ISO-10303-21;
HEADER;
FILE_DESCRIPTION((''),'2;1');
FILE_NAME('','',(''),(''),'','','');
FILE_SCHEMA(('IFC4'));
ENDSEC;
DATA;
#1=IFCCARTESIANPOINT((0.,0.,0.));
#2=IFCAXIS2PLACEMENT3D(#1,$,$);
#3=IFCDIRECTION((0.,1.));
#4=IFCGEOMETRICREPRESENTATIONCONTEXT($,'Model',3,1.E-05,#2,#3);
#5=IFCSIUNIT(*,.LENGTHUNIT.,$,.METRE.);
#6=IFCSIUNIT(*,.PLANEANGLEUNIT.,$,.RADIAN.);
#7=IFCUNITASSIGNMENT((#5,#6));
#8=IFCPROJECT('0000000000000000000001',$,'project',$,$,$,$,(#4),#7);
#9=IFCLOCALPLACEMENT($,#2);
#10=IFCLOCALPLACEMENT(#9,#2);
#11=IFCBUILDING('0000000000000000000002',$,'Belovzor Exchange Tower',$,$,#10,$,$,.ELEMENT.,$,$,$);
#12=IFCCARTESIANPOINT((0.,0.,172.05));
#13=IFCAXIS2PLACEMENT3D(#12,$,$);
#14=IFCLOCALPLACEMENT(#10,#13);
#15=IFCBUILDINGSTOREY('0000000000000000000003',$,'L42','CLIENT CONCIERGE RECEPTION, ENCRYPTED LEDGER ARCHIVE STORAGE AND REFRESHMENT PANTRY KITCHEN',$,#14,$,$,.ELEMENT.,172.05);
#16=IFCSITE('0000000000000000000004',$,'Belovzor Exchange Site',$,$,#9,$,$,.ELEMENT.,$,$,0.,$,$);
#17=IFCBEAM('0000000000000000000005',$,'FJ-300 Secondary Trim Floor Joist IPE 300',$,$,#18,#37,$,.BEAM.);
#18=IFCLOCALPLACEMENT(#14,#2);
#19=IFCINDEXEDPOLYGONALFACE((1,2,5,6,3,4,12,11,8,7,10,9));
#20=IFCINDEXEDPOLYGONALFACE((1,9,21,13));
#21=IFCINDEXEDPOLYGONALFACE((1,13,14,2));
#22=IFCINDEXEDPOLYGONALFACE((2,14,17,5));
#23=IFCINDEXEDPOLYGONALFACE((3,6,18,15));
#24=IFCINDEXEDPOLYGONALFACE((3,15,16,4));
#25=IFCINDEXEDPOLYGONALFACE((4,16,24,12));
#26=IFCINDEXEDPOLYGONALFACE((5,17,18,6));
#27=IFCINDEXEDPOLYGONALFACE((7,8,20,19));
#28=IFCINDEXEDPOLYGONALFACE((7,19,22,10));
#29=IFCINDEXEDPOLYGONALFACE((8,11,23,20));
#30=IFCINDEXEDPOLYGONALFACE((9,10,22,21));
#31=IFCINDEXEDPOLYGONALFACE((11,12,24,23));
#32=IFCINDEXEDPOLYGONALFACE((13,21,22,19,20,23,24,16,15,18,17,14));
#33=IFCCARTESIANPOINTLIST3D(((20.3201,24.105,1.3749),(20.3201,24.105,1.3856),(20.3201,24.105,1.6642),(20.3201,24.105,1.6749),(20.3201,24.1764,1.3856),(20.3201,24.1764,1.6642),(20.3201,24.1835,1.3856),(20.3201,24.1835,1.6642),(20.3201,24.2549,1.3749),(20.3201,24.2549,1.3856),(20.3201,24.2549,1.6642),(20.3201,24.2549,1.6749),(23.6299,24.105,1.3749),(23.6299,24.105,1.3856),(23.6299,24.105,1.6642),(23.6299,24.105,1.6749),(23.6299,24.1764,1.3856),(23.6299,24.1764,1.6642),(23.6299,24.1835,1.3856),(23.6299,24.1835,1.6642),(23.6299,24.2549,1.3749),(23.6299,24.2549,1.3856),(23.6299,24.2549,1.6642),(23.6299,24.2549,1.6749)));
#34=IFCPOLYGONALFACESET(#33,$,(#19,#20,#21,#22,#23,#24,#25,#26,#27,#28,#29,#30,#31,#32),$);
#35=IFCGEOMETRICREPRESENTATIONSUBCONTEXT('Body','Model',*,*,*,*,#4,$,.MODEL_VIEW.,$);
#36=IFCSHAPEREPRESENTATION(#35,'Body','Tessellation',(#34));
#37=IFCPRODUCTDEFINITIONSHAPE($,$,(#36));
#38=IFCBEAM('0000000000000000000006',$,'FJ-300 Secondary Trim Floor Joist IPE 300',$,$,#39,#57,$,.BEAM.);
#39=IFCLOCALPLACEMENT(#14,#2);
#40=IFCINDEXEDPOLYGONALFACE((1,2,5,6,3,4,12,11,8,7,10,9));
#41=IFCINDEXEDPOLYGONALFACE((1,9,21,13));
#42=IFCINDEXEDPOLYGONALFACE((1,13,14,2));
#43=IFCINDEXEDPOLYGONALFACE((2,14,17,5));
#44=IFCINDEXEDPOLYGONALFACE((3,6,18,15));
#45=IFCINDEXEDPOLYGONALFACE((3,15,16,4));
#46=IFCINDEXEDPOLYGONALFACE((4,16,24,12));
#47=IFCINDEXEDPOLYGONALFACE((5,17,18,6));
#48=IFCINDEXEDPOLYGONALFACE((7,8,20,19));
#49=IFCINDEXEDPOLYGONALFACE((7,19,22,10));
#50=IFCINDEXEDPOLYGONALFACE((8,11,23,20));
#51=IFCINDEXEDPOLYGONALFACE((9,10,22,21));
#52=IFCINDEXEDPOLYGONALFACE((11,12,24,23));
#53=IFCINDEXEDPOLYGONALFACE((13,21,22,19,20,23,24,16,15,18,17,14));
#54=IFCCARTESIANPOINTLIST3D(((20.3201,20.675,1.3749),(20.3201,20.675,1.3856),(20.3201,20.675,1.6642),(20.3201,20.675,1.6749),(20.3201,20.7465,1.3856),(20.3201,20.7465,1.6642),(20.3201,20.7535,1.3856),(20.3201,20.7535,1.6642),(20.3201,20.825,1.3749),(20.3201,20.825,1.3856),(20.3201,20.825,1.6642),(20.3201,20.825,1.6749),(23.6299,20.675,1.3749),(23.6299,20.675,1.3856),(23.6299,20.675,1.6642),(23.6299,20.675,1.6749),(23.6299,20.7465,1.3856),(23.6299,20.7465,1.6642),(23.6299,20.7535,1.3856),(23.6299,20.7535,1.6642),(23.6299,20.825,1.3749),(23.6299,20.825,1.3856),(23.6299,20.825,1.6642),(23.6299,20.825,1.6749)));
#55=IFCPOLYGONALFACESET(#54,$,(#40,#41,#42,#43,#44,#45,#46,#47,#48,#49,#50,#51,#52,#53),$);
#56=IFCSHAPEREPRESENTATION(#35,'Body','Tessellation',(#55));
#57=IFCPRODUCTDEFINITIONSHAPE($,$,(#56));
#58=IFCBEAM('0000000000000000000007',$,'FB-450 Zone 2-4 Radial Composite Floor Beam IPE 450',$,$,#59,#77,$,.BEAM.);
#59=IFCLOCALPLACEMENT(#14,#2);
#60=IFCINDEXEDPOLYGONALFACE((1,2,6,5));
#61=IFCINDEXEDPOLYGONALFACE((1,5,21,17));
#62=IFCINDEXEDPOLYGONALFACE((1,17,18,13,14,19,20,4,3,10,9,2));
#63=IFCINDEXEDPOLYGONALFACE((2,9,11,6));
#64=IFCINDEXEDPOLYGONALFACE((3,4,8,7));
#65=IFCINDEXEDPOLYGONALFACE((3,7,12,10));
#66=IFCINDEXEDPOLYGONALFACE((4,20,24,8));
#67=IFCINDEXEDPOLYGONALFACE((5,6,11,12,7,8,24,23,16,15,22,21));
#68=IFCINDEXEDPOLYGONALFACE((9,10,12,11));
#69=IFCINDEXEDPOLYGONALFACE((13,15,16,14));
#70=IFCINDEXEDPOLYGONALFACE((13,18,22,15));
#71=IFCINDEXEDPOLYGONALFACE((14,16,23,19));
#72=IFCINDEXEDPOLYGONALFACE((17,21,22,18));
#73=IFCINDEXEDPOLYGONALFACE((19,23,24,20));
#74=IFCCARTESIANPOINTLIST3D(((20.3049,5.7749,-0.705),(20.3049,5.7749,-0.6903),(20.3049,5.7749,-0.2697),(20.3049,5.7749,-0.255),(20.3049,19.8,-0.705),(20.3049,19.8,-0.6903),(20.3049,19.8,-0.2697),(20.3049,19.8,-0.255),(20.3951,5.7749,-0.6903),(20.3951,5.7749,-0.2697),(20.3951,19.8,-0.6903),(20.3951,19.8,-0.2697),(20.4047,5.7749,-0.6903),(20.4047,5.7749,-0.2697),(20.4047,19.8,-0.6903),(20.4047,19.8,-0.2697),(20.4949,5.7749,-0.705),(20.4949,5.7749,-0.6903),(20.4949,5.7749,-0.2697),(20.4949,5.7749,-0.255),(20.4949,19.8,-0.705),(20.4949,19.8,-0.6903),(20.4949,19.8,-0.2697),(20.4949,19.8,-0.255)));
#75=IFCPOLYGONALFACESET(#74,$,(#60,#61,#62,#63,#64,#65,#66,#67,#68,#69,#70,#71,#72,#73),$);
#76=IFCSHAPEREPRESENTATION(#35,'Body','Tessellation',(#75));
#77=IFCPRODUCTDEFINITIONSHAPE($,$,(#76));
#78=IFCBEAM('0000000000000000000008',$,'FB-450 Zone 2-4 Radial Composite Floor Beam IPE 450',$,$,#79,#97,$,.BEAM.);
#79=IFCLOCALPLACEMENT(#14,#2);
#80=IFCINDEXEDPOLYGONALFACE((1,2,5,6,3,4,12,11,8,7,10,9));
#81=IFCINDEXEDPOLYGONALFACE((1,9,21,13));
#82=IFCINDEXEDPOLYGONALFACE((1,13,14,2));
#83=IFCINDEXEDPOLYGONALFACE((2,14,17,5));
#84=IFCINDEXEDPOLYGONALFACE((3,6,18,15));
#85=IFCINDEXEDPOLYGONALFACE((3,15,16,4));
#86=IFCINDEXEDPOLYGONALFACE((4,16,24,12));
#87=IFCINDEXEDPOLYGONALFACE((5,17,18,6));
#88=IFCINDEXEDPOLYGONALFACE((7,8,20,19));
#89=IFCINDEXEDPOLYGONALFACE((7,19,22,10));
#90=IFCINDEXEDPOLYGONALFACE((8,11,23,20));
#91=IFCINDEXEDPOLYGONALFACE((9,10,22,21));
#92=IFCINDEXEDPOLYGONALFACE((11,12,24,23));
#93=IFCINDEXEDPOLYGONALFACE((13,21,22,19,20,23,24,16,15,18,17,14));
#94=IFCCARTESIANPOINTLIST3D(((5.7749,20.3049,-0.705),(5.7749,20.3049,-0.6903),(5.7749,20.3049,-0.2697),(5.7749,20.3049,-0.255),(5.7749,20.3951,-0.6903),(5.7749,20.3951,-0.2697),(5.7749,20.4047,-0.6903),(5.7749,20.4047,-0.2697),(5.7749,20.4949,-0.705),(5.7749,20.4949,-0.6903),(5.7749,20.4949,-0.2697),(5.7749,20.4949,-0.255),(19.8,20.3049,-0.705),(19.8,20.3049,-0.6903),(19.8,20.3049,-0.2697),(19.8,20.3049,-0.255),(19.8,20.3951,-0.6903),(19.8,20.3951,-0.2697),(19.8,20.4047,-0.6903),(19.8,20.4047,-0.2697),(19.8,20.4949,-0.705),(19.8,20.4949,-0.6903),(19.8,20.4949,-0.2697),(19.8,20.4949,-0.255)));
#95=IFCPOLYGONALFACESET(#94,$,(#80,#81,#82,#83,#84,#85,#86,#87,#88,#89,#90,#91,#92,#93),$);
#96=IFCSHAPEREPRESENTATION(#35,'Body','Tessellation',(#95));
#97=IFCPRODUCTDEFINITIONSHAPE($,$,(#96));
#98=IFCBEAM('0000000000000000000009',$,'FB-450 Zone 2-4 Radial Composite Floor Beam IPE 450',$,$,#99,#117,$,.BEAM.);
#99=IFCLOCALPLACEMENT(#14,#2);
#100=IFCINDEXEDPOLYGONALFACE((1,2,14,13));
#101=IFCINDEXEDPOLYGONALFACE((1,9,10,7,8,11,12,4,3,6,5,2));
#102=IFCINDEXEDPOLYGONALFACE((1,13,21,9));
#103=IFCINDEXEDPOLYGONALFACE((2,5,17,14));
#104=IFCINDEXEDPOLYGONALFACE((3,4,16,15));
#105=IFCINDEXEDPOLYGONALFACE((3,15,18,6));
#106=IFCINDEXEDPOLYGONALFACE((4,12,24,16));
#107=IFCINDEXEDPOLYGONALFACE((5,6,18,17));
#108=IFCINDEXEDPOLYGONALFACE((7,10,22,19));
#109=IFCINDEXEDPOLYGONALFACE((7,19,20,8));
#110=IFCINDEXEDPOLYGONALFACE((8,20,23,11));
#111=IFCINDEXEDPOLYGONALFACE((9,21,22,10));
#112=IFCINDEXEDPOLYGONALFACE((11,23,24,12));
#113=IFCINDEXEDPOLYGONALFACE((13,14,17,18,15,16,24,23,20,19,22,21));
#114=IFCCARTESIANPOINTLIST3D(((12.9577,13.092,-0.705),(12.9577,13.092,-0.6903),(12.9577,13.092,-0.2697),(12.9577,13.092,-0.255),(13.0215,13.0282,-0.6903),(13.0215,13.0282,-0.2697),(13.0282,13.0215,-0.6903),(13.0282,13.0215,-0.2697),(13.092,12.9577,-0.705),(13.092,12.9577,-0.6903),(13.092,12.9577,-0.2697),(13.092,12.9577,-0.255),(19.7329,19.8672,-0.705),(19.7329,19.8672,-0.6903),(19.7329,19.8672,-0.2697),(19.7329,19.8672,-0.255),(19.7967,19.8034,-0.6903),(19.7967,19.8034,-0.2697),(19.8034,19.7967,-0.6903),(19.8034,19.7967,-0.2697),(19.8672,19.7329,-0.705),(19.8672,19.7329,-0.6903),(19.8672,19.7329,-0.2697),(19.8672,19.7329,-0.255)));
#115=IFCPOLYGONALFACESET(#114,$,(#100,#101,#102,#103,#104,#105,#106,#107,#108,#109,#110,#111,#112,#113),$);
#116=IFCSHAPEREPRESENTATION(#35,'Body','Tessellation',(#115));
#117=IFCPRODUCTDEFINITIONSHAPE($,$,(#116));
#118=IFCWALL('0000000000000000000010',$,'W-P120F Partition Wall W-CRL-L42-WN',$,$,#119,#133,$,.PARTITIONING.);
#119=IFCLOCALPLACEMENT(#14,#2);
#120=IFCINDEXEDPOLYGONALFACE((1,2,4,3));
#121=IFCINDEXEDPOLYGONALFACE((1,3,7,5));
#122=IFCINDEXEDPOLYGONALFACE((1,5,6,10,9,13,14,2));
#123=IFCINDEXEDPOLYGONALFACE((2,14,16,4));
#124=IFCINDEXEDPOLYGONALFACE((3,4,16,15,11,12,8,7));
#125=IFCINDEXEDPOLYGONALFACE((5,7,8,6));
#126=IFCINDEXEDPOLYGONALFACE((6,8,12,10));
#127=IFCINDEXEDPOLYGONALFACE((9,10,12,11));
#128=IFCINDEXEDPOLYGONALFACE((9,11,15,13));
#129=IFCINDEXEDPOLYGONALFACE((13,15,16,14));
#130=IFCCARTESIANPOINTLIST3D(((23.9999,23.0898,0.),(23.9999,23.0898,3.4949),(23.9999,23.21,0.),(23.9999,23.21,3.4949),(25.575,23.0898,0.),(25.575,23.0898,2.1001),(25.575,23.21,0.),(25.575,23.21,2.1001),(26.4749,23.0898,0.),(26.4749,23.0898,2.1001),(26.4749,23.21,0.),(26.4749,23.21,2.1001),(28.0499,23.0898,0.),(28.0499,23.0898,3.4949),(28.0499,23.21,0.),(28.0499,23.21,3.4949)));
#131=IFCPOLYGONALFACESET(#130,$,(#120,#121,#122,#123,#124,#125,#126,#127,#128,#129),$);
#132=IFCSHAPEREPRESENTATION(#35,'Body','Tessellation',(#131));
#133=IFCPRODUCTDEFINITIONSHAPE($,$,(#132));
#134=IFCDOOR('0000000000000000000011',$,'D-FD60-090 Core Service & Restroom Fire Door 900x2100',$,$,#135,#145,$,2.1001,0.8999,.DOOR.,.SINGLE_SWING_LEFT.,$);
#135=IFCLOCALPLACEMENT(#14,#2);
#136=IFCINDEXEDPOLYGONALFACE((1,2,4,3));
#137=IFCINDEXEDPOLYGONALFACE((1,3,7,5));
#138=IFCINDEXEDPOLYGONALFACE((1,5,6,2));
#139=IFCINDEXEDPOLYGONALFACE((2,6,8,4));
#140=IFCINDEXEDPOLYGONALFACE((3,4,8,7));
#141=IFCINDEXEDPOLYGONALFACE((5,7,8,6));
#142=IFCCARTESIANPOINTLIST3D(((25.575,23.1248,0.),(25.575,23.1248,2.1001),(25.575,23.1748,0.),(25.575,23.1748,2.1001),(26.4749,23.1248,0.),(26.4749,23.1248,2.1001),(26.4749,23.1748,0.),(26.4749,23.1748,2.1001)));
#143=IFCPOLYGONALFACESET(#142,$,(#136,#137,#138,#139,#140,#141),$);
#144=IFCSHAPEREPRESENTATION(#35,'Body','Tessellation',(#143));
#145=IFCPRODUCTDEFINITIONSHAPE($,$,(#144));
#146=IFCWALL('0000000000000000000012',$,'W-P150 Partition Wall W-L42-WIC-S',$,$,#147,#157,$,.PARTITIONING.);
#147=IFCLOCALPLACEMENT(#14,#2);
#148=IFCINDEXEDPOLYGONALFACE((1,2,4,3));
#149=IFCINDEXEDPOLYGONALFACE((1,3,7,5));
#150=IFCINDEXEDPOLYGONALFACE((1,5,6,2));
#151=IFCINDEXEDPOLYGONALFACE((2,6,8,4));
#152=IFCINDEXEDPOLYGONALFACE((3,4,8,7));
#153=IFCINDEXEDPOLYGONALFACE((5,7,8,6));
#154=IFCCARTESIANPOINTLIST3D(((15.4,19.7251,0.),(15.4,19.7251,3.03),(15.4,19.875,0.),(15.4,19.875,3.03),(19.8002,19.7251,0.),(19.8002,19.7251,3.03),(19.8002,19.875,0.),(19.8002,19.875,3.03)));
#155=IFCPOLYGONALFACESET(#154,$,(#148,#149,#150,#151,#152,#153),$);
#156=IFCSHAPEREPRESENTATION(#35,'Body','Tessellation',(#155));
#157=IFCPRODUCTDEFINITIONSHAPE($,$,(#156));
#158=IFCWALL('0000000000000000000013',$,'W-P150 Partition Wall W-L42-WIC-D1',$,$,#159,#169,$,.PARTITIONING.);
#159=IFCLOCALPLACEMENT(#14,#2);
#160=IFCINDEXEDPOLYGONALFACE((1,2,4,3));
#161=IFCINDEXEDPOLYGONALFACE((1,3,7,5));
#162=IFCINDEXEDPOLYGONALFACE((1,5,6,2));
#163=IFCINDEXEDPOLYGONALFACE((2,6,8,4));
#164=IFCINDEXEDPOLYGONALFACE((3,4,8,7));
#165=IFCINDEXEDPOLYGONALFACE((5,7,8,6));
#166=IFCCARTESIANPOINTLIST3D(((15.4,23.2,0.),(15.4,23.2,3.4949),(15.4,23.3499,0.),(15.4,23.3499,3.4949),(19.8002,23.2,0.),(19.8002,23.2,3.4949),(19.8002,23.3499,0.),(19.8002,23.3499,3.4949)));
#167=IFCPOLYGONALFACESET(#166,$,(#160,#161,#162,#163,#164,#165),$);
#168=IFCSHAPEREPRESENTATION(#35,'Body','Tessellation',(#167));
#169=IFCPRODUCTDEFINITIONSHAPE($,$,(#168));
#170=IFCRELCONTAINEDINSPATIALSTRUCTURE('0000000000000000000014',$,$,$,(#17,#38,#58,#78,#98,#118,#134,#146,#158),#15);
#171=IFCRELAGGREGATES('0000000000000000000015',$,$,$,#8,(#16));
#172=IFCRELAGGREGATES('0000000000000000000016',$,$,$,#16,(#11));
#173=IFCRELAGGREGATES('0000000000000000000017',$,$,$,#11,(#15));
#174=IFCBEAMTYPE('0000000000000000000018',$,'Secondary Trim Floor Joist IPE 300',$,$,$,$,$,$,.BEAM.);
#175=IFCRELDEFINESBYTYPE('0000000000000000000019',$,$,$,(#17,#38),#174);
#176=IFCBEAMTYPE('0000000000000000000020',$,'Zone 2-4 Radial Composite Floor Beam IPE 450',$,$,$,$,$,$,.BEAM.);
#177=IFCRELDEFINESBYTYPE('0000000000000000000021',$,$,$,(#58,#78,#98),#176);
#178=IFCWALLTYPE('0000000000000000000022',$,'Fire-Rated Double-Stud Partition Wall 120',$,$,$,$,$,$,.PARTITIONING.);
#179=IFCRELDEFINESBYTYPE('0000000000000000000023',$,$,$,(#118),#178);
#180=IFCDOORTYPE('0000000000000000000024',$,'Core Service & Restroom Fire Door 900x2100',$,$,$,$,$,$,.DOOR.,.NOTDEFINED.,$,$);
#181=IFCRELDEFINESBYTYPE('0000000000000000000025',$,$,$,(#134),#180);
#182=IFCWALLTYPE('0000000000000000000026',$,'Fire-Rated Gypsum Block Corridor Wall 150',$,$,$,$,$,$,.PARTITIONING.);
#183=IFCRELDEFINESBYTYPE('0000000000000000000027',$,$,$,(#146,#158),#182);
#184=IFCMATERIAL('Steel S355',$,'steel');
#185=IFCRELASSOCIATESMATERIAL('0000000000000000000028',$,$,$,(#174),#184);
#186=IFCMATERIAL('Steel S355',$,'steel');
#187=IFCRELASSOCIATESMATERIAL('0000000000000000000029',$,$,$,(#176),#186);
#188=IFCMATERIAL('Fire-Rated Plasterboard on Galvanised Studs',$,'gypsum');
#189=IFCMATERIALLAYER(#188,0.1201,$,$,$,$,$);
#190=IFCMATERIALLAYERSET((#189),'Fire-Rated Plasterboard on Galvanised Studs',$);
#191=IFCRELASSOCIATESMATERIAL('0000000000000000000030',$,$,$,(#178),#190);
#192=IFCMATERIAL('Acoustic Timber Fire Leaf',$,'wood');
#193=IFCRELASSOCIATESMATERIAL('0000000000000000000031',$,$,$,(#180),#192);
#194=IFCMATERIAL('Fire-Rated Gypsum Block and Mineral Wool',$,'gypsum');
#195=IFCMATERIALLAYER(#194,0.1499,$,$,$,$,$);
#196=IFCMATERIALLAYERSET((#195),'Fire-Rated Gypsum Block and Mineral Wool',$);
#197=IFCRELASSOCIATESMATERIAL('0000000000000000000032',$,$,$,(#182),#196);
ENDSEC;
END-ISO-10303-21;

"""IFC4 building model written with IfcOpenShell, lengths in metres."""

from ifc_helpers import new_model, si_unit, direction, frame, frame_2d, origin, origin_2d, place, context, subcontext, project, spatial, rectangle, i_section, extrude, material, layer, layer_set, material_profile, profile_set, type_object, element, fill, save


model = new_model("IFC4")

# Units and contexts
model_context = context("Model", 3, precision=1e-05, world=origin(), true_north=direction((0.0, 1.0)))
body_context = subcontext(model_context, "Body", "Model", "MODEL_VIEW")
ifc_project = project(units=[si_unit("LENGTHUNIT", "METRE"), si_unit("PLANEANGLEUNIT", "RADIAN")], contexts=[model_context])

# Site, building, storey
site_placement = place(None, origin())
site = spatial("IfcSite", under=ifc_project, at=site_placement, Name="Belovzor Exchange Site", CompositionType="ELEMENT", RefElevation=0.0)
building_placement = place(site_placement, origin())
building = spatial("IfcBuilding", under=site, at=building_placement, Name="Belovzor Exchange Tower", CompositionType="ELEMENT")
storey_placement = place(building_placement, frame((0.0, 0.0, 172.05)))
storey = spatial("IfcBuildingStorey", under=building, at=storey_placement, Name="L42", Description="CLIENT CONCIERGE RECEPTION, ENCRYPTED LEDGER ARCHIVE STORAGE AND REFRESHMENT PANTRY KITCHEN", CompositionType="ELEMENT", Elevation=172.05)

# Beams
ifc_material_1 = material(Name="Steel S355", Category="steel")
ifc_material_profile_1 = material_profile(ifc_material_1, i_section(OverallWidth=0.1499, OverallDepth=0.3, WebThickness=0.0071, FlangeThickness=0.0107, at=origin_2d()))
ifc_profile_set_1 = profile_set([ifc_material_profile_1], Name="Steel S355")
beam_type_1 = type_object("IfcBeamType", Name="Secondary Trim Floor Joist IPE 300", PredefinedType="BEAM", material=ifc_profile_set_1)
for number, where, z_axis, x_axis, name in (
    (1, (20.3201, 24.1799, 1.5249), (1.0, 0.0, 0.0), (0.0, 1.0, 0.0), "FJ-300 Secondary Trim Floor Joist IPE 300"),
    (2, (20.3201, 20.75, 1.5249), (1.0, 0.0, 0.0), (0.0, 1.0, 0.0), "FJ-300 Secondary Trim Floor Joist IPE 300"),
):
    element("IfcBeam", number, at=place(storey_placement, frame(where, z_axis=z_axis, x_axis=x_axis)), inside=storey, type_object=beam_type_1, Name=name, PredefinedType="BEAM", context=body_context, shape_type="SweptSolid", body=[
        extrude(i_section(OverallWidth=0.1499, OverallDepth=0.3, WebThickness=0.0071, FlangeThickness=0.0107, at=origin_2d()), origin(), (0.0, 0.0, 1.0), 3.3098),
    ])
ifc_material_2 = material(Name="Steel S355", Category="steel")
ifc_material_profile_2 = material_profile(ifc_material_2, i_section(OverallWidth=0.1899, OverallDepth=0.45, WebThickness=0.0095, FlangeThickness=0.0146, at=origin_2d()))
ifc_profile_set_2 = profile_set([ifc_material_profile_2], Name="Steel S355")
beam_type_2 = type_object("IfcBeamType", Name="Zone 2-4 Radial Composite Floor Beam IPE 450", PredefinedType="BEAM", material=ifc_profile_set_2)
for number, where, z_axis, x_axis, name in (
    (3, (20.3999, 19.8, -0.48), (0.0, -1.0, 0.0), (1.0, 0.0, 0.0), "FB-450 Zone 2-4 Radial Composite Floor Beam IPE 450"),
    (4, (19.8, 20.3999, -0.48), (-1.0, 0.0, 0.0), (0.0, -1.0, 0.0), "FB-450 Zone 2-4 Radial Composite Floor Beam IPE 450"),
):
    element("IfcBeam", number, at=place(storey_placement, frame(where, z_axis=z_axis, x_axis=x_axis)), inside=storey, type_object=beam_type_2, Name=name, PredefinedType="BEAM", context=body_context, shape_type="SweptSolid", body=[
        extrude(i_section(OverallWidth=0.1899, OverallDepth=0.45, WebThickness=0.0095, FlangeThickness=0.0146, at=origin_2d()), origin(), (0.0, 0.0, 1.0), 14.0251),
    ])
beam_placement = place(storey_placement, frame((19.8, 19.8, -0.48), z_axis=(-0.707107, -0.707107, 0.0), x_axis=(0.707107, -0.707107, 0.0)))
element("IfcBeam", 5, at=beam_placement, inside=storey, type_object=beam_type_2, Name="FB-450 Zone 2-4 Radial Composite Floor Beam IPE 450", PredefinedType="BEAM", context=body_context, shape_type="SweptSolid", body=[
    extrude(i_section(OverallWidth=0.1899, OverallDepth=0.45, WebThickness=0.0095, FlangeThickness=0.0146, at=origin_2d()), origin(), (0.0, 0.0, 1.0), 9.5815),
])

# Wall, opening, door
ifc_material_3 = material(Name="Fire-Rated Plasterboard on Galvanised Studs", Category="gypsum")
ifc_layer_1 = layer(ifc_material_3, 0.1201)
ifc_layer_set_1 = layer_set([ifc_layer_1], Name="Fire-Rated Plasterboard on Galvanised Studs")
wall_type_1 = type_object("IfcWallType", Name="Fire-Rated Double-Stud Partition Wall 120", PredefinedType="PARTITIONING", material=ifc_layer_set_1)
wall_1_placement = place(storey_placement, frame((24.0, 23.1499, 0.0), z_axis=(0.0, 0.0, 1.0), x_axis=(1.0, 0.0, 0.0)))
wall_1 = element("IfcWall", 6, at=wall_1_placement, inside=storey, type_object=wall_type_1, Name="W-P120F Partition Wall W-CRL-L42-WN", PredefinedType="PARTITIONING", context=body_context, shape_type="SweptSolid", body=[
    extrude(rectangle(XDim=4.05, YDim=0.1201, at=frame_2d((2.0249, 0.0))), origin(), (0.0, 0.0, 1.0), 3.4949),
])
opening_1_placement = place(wall_1_placement, frame((1.575, 0.0, 0.0)))
opening_1 = element("IfcOpeningElement", 7, at=opening_1_placement, cuts=wall_1, PredefinedType="OPENING", context=body_context, shape_type="SweptSolid", body=[
    extrude(rectangle(XDim=0.8999, YDim=2.1001, at=frame_2d((0.45, 1.05))), frame((0.0, 0.0701, 0.0), z_axis=(0.0, -1.0, 0.0), x_axis=(1.0, 0.0, 0.0)), (0.0, 0.0, 1.0), 0.1401),
])
ifc_material_4 = material(Name="Acoustic Timber Fire Leaf", Category="wood")
door_type_1 = type_object("IfcDoorType", Name="Core Service & Restroom Fire Door 900x2100", OperationType="NOTDEFINED", PredefinedType="DOOR", material=ifc_material_4)
door_1_placement = place(opening_1_placement, origin())
door_1 = element("IfcDoor", 8, at=door_1_placement, inside=storey, type_object=door_type_1, Name="D-FD60-090 Core Service & Restroom Fire Door 900x2100", OperationType="SINGLE_SWING_LEFT", OverallHeight=2.1001, OverallWidth=0.8999, PredefinedType="DOOR", context=body_context, shape_type="SweptSolid", body=[
    extrude(rectangle(XDim=0.8999, YDim=2.1001, at=frame_2d((0.45, 1.05))), frame((0.0, 0.0249, 0.0), z_axis=(0.0, -1.0, 0.0), x_axis=(1.0, 0.0, 0.0)), (0.0, 0.0, 1.0), 0.05),
])
fill(opening_1, door_1)

# Walls
ifc_material_5 = material(Name="Fire-Rated Gypsum Block and Mineral Wool", Category="gypsum")
ifc_layer_2 = layer(ifc_material_5, 0.1499)
ifc_layer_set_2 = layer_set([ifc_layer_2], Name="Fire-Rated Gypsum Block and Mineral Wool")
wall_type_2 = type_object("IfcWallType", Name="Fire-Rated Gypsum Block Corridor Wall 150", PredefinedType="PARTITIONING", material=ifc_layer_set_2)
wall_2_placement = place(storey_placement, frame((15.3999, 19.8, 0.0), z_axis=(0.0, 0.0, 1.0), x_axis=(1.0, 0.0, 0.0)))
element("IfcWall", 9, at=wall_2_placement, inside=storey, type_object=wall_type_2, Name="W-P150 Partition Wall W-L42-WIC-S", PredefinedType="PARTITIONING", context=body_context, shape_type="SweptSolid", body=[
    extrude(rectangle(XDim=4.4001, YDim=0.1499, at=frame_2d((2.2002, 0.0))), origin(), (0.0, 0.0, 1.0), 3.03),
])
wall_3_placement = place(storey_placement, frame((15.3999, 23.2749, 0.0), z_axis=(0.0, 0.0, 1.0), x_axis=(1.0, 0.0, 0.0)))
element("IfcWall", 10, at=wall_3_placement, inside=storey, type_object=wall_type_2, Name="W-P150 Partition Wall W-L42-WIC-D1", PredefinedType="PARTITIONING", context=body_context, shape_type="SweptSolid", body=[
    extrude(rectangle(XDim=4.4001, YDim=0.1499, at=frame_2d((2.2002, 0.0))), origin(), (0.0, 0.0, 1.0), 3.4949),
])

save(model, "model.ifc")
